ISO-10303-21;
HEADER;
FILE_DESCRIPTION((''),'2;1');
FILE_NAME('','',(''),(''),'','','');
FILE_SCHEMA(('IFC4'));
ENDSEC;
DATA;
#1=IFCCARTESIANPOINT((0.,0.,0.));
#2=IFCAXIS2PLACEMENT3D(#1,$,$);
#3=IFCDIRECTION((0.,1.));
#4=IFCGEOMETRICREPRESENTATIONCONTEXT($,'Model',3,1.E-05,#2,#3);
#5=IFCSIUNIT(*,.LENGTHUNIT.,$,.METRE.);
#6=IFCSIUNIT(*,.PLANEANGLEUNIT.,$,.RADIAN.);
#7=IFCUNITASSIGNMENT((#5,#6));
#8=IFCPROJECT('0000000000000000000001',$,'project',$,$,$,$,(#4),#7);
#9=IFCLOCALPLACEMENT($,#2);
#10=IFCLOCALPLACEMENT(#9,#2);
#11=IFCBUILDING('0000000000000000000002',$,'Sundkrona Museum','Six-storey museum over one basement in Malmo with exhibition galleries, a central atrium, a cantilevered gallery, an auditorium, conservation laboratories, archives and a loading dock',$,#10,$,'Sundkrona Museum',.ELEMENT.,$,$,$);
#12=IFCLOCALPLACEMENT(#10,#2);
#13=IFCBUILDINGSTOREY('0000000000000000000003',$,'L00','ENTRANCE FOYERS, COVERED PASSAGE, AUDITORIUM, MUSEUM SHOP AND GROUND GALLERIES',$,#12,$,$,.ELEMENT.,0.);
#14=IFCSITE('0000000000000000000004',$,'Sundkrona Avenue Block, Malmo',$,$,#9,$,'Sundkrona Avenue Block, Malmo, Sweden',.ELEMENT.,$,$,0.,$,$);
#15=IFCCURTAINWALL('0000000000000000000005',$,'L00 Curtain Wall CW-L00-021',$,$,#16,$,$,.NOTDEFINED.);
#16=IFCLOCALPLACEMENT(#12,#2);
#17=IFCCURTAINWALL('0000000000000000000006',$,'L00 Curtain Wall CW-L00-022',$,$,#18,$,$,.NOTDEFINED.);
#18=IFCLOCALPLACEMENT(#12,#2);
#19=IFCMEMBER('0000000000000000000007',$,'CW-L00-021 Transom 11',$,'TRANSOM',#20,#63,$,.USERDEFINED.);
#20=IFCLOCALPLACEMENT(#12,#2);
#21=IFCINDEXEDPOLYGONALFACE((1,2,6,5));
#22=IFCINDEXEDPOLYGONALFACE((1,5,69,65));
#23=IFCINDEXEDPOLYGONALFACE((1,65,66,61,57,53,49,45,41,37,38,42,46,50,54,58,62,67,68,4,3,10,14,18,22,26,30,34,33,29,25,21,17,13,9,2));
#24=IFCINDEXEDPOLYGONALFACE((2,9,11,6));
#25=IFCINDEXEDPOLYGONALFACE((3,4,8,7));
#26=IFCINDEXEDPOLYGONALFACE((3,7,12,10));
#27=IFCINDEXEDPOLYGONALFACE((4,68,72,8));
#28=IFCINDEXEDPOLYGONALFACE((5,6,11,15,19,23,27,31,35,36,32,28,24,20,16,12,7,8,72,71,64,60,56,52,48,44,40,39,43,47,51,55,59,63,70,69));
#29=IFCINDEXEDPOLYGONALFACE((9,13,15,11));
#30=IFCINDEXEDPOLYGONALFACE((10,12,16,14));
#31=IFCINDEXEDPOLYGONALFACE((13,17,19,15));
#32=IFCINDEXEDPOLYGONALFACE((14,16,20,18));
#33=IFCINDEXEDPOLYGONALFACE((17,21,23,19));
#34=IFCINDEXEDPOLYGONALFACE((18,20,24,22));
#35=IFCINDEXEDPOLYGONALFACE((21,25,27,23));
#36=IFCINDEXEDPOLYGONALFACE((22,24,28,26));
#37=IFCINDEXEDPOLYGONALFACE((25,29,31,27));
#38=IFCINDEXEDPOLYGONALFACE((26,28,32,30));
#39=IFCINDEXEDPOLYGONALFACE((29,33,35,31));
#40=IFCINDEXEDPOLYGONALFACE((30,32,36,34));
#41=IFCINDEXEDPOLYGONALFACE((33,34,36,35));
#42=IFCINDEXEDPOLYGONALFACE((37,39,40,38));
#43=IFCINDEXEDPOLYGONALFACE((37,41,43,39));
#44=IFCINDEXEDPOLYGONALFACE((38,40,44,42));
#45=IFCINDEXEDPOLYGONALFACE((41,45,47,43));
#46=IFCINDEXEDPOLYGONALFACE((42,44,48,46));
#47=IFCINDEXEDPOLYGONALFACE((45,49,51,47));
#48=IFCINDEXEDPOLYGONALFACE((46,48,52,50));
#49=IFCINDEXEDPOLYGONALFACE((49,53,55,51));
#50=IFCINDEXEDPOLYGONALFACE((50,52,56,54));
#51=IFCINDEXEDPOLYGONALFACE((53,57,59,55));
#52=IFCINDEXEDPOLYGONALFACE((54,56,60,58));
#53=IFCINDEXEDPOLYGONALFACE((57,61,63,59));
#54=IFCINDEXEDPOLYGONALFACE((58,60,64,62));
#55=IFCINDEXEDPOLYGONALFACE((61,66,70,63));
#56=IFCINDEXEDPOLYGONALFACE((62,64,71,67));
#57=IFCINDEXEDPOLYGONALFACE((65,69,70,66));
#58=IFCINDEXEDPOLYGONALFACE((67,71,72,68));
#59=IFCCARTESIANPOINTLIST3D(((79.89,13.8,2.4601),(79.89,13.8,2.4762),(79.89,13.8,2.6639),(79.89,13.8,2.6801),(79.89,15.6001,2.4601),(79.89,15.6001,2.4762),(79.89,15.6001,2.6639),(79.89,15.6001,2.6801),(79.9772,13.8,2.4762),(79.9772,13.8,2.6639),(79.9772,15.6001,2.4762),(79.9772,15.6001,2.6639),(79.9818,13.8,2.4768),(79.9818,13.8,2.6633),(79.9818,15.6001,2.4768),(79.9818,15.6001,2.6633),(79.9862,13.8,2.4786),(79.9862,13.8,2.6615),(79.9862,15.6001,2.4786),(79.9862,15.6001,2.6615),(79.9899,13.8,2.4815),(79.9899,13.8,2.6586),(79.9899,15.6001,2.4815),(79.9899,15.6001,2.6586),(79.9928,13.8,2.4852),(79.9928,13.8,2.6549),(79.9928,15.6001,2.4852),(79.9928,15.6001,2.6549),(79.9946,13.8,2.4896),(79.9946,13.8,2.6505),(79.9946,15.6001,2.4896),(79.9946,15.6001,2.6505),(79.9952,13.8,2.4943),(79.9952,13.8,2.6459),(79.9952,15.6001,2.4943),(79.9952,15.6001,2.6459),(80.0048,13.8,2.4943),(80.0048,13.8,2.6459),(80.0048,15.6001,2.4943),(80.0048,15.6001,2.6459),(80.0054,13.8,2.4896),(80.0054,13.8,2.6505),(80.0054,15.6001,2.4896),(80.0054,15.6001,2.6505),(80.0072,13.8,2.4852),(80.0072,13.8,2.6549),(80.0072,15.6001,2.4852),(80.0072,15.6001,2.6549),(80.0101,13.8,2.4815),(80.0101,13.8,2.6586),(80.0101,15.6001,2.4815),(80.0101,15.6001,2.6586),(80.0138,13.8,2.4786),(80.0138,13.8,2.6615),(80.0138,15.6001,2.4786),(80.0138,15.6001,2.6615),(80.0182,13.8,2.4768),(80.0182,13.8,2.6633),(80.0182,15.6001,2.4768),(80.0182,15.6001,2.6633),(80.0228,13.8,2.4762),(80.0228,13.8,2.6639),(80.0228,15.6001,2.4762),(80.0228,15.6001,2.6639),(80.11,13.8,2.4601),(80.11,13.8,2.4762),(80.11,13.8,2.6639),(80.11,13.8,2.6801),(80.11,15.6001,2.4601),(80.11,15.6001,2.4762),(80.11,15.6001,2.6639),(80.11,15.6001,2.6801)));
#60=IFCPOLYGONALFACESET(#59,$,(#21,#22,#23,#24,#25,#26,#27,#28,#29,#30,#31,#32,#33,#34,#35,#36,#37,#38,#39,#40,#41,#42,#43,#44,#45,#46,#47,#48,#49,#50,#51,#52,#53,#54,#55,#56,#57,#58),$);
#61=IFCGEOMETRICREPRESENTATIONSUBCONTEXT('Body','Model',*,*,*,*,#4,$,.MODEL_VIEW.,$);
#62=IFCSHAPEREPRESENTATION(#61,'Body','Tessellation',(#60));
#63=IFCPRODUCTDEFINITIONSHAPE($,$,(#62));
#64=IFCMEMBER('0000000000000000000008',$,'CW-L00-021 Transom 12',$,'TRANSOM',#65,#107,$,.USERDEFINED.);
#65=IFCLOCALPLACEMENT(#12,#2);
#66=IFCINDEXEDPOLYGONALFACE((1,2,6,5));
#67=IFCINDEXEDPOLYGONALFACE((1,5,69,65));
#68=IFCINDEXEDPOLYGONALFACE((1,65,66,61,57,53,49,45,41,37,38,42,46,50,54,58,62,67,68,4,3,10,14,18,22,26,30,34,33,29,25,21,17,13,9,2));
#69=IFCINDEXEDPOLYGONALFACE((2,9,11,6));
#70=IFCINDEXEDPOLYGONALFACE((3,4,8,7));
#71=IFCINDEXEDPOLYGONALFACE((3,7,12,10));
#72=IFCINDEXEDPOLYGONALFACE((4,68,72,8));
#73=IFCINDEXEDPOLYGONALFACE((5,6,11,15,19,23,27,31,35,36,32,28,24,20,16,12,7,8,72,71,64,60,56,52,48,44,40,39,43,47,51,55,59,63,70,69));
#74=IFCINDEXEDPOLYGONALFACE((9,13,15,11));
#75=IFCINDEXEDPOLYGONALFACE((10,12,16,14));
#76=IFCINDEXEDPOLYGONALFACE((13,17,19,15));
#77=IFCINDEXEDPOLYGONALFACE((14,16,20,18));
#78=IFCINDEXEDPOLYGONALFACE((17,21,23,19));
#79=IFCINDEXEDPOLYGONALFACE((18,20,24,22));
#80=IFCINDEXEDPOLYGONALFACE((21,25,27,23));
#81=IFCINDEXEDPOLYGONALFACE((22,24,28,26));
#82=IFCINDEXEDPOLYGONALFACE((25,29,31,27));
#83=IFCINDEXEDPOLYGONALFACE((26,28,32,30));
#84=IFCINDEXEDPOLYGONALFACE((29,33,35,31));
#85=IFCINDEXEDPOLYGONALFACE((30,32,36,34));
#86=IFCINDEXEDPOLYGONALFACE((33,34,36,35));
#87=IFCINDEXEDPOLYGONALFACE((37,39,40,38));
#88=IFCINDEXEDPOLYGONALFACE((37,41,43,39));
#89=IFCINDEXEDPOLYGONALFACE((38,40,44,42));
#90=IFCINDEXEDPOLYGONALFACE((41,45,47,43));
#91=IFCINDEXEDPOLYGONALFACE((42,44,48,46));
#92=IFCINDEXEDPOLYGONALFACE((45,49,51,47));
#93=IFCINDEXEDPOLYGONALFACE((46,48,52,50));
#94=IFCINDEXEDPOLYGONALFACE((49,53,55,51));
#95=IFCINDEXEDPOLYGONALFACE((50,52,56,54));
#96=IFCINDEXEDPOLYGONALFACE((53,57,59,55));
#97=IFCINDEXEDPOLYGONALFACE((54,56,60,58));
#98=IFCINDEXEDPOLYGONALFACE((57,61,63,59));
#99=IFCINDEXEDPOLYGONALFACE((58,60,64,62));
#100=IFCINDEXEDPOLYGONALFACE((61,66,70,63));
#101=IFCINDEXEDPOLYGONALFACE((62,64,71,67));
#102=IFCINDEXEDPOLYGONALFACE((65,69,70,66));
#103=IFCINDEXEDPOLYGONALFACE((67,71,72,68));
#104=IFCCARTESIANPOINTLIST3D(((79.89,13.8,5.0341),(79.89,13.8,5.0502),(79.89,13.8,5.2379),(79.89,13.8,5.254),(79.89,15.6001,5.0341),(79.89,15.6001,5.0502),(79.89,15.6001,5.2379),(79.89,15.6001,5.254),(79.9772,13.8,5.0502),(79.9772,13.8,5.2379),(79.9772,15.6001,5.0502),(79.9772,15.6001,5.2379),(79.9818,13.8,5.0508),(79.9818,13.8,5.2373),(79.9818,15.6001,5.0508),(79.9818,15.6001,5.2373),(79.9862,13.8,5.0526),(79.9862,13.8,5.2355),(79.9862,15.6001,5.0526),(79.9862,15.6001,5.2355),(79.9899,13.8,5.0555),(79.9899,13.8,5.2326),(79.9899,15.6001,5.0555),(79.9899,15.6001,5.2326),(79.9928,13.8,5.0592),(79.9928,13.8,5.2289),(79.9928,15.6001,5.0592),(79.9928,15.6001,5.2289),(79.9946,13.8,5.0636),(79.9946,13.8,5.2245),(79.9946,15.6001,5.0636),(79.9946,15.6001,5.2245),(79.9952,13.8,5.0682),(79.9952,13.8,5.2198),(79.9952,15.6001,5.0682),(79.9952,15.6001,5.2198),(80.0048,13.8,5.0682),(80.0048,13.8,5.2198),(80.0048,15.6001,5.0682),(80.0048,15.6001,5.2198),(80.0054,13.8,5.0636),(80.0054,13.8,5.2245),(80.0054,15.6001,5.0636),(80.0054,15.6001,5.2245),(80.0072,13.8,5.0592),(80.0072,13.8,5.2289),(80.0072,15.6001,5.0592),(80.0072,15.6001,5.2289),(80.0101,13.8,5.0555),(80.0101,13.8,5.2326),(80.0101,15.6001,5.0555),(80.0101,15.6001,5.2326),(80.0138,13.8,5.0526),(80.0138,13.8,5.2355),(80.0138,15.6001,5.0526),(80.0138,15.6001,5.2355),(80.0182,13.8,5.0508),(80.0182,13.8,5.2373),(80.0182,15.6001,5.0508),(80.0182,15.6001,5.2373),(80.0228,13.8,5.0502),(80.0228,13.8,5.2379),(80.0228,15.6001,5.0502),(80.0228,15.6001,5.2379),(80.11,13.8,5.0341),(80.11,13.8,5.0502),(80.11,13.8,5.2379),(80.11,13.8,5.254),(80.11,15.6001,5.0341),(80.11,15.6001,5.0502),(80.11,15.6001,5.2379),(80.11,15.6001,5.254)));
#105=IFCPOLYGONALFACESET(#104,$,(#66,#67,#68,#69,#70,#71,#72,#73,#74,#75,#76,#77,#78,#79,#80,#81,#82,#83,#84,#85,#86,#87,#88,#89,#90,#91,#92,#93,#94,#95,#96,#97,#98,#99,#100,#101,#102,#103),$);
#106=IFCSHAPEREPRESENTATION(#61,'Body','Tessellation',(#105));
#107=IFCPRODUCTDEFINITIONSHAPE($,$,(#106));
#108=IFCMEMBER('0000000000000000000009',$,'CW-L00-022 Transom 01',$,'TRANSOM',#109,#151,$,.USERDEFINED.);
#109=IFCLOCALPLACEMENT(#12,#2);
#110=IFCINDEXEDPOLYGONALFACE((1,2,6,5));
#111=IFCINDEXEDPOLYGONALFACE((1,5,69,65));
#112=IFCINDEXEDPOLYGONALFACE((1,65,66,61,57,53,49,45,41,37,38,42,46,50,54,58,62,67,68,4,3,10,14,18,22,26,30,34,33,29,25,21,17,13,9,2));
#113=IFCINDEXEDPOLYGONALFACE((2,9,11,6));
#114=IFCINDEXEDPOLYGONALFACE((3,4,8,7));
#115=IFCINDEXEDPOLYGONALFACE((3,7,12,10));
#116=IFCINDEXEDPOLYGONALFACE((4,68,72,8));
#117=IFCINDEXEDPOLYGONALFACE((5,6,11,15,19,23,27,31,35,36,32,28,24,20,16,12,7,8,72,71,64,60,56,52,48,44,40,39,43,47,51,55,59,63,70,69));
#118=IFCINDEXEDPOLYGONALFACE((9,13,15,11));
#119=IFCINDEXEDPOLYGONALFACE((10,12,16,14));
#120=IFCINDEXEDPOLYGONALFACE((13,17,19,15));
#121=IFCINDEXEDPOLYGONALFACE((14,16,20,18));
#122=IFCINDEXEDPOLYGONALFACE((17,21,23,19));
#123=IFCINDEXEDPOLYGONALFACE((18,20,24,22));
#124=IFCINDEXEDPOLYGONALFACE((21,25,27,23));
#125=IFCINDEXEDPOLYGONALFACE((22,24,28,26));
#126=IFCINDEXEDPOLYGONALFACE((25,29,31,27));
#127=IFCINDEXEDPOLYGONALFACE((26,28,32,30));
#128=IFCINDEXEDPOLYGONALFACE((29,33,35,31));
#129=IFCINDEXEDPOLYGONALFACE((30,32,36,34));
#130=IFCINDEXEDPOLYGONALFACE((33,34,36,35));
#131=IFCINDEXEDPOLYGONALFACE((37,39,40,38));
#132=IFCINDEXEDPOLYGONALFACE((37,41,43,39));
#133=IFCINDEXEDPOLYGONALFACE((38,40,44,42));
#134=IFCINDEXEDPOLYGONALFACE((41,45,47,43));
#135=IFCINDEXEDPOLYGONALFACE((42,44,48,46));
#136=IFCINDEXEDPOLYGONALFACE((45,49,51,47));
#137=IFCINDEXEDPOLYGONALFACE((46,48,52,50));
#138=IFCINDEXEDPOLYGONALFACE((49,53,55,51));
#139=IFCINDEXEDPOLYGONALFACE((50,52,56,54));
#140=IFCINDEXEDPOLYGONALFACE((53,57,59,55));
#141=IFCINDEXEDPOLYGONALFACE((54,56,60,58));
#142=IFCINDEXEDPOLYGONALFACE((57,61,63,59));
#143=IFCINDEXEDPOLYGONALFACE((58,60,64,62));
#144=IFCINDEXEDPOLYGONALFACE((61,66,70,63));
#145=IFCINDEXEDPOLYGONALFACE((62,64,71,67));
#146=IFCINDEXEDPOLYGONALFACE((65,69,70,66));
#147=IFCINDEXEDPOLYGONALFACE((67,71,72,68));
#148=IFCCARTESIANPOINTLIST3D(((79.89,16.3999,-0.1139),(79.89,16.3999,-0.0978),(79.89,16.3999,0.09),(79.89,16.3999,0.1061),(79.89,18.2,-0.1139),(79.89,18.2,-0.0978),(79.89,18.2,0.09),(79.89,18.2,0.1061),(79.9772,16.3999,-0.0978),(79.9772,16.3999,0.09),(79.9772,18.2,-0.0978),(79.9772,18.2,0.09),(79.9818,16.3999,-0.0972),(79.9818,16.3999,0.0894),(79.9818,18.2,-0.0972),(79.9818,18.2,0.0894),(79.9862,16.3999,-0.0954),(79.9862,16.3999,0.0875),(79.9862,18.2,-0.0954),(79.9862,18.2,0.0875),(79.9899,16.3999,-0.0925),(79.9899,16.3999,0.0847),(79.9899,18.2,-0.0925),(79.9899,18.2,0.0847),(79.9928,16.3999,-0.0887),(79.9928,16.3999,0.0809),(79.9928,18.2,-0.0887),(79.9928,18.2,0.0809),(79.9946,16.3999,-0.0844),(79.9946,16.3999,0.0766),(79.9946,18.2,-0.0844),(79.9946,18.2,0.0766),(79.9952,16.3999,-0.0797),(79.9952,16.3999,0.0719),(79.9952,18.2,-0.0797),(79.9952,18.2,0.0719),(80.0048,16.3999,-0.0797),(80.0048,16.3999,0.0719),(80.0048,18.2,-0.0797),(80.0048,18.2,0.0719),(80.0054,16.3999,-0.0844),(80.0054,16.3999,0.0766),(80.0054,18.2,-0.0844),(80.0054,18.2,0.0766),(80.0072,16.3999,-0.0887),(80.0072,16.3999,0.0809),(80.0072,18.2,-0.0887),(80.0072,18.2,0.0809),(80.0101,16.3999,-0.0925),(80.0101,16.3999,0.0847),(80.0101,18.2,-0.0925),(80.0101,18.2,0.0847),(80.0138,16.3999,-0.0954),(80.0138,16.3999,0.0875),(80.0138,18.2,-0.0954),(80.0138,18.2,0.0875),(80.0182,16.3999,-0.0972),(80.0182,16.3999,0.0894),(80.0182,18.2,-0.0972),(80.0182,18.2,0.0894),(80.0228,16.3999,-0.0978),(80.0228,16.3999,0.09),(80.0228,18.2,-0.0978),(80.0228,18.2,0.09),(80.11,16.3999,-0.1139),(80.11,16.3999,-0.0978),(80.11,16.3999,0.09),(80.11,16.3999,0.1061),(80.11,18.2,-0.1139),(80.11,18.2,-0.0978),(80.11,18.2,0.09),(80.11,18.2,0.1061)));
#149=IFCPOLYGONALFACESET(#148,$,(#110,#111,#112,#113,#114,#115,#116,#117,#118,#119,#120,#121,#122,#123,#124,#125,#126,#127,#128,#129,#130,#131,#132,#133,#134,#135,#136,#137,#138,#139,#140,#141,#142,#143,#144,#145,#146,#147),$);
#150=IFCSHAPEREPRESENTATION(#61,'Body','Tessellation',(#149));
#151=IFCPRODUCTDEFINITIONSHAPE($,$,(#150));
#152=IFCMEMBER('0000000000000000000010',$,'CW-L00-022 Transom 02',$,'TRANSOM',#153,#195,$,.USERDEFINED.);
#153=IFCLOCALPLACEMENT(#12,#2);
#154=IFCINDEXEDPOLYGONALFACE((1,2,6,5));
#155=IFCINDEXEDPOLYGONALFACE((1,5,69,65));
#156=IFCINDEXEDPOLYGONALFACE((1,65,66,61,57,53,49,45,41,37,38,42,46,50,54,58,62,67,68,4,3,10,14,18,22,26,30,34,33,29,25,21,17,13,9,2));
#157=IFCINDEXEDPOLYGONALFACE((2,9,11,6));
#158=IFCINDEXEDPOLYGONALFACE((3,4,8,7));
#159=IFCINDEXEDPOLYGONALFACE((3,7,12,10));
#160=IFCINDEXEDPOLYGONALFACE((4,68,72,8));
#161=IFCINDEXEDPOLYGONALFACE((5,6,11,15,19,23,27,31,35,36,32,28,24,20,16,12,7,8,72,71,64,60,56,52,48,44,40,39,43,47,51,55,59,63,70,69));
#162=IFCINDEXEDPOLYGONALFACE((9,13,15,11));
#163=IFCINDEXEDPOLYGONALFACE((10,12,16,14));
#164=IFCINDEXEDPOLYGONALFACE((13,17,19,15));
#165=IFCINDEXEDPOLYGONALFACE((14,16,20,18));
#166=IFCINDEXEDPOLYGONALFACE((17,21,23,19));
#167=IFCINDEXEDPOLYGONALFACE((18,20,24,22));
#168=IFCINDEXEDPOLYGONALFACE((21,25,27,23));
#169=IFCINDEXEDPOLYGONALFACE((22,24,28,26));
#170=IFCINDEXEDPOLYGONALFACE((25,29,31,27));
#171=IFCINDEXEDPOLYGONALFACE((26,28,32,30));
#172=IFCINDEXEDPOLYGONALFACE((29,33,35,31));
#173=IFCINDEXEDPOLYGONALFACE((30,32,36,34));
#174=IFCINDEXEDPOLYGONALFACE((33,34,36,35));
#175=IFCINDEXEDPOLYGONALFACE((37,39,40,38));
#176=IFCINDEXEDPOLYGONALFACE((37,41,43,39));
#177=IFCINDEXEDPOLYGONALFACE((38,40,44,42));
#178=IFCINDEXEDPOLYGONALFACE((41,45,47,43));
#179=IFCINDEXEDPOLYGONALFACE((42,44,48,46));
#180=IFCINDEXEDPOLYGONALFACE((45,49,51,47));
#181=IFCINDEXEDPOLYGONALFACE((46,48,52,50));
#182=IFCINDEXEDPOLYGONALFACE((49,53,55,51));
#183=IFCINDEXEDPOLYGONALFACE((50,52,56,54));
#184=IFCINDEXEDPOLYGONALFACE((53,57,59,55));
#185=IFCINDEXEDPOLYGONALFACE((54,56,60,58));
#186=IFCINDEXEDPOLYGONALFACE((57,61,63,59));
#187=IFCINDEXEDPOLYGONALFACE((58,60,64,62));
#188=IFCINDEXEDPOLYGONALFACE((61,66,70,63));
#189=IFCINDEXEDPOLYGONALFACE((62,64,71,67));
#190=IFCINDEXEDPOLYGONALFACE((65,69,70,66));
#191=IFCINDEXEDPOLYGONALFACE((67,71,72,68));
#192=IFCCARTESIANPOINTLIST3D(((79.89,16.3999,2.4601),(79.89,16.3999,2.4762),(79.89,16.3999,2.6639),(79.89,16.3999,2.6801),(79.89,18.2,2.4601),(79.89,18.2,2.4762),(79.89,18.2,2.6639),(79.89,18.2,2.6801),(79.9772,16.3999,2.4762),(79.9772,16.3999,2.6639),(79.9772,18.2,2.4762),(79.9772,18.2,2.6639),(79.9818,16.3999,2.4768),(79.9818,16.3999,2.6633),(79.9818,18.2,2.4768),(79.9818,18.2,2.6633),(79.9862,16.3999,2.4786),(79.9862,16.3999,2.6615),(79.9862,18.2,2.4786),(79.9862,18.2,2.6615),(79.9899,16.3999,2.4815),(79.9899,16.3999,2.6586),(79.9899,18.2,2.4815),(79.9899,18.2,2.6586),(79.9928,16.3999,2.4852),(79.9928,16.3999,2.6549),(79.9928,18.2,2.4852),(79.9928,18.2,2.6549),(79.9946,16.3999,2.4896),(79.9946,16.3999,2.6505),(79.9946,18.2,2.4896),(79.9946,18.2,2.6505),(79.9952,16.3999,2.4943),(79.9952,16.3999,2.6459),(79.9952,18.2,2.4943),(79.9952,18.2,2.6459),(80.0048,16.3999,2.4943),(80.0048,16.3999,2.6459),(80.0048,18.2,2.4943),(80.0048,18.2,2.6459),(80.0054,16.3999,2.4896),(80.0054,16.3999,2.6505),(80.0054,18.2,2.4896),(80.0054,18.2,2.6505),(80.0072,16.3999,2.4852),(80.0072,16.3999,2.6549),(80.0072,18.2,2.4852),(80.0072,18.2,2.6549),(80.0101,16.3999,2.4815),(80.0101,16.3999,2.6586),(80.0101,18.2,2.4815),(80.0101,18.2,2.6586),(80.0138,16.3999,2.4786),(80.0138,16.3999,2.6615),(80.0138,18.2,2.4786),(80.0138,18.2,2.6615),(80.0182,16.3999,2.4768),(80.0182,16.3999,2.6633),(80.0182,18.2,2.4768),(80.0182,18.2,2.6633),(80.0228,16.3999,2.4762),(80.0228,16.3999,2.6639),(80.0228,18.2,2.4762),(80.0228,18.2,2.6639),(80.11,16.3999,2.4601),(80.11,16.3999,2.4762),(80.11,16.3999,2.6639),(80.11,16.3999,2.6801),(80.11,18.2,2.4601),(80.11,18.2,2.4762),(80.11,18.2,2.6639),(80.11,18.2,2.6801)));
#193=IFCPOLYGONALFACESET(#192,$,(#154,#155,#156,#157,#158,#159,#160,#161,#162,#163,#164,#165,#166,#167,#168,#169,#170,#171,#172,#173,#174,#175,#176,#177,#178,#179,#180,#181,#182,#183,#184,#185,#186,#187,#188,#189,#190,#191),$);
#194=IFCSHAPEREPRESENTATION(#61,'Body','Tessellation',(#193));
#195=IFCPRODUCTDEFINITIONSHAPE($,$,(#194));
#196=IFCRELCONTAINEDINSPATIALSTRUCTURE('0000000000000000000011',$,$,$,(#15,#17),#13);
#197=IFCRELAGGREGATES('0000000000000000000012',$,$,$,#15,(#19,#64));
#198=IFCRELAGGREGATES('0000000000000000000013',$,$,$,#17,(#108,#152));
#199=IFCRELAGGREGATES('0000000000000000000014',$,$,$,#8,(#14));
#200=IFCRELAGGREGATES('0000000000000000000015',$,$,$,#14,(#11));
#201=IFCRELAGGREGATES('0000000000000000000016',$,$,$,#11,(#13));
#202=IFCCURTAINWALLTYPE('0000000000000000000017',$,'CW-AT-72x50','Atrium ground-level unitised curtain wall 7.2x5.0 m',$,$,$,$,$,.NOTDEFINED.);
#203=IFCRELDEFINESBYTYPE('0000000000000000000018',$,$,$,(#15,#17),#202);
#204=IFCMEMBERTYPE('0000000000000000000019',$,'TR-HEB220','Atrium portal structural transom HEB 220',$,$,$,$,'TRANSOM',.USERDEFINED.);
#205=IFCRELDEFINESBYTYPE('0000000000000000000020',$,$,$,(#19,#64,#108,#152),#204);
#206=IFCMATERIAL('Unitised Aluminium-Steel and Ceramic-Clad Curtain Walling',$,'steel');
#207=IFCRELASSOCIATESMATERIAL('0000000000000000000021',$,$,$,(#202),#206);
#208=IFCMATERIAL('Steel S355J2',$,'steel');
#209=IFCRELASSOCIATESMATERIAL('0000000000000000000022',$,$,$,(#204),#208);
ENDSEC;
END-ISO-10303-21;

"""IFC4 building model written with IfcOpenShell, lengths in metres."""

from ifc_helpers import new_model, si_unit, direction, frame, origin, origin_2d, place, context, subcontext, project, spatial, i_section, extrude, material, material_profile, profile_set, type_object, element, aggregate, save


model = new_model("IFC4")

# Units and contexts
model_context = context("Model", 3, precision=1e-05, world=origin(), true_north=direction((0.0, 1.0)))
body_context = subcontext(model_context, "Body", "Model", "MODEL_VIEW")
ifc_project = project(units=[si_unit("LENGTHUNIT", "METRE"), si_unit("PLANEANGLEUNIT", "RADIAN")], contexts=[model_context])

# Site, building, storey
site_placement = place(None, origin())
site = spatial("IfcSite", under=ifc_project, at=site_placement, Name="Sundkrona Avenue Block, Malmo", LongName="Sundkrona Avenue Block, Malmo, Sweden", CompositionType="ELEMENT", RefElevation=0.0)
building_placement = place(site_placement, origin())
building = spatial("IfcBuilding", under=site, at=building_placement, Name="Sundkrona Museum", Description="Six-storey museum over one basement in Malmo with exhibition galleries, a central atrium, a cantilevered gallery, an auditorium, conservation laboratories, archives and a loading dock", LongName="Sundkrona Museum", CompositionType="ELEMENT")
storey_placement = place(building_placement, origin())
storey = spatial("IfcBuildingStorey", under=building, at=storey_placement, Name="L00", Description="ENTRANCE FOYERS, COVERED PASSAGE, AUDITORIUM, MUSEUM SHOP AND GROUND GALLERIES", CompositionType="ELEMENT", Elevation=0.0)

# Shared definitions
ifc_material_1 = material(Name="Steel S355J2", Category="steel")

# Curtain walls
ifc_material_2 = material(Name="Unitised Aluminium-Steel and Ceramic-Clad Curtain Walling", Category="steel")
curtain_wall_type = type_object("IfcCurtainWallType", Name="CW-AT-72x50", Description="Atrium ground-level unitised curtain wall 7.2x5.0 m", PredefinedType="NOTDEFINED", material=ifc_material_2)
curtain_wall_1_placement = place(storey_placement, origin())
curtain_wall_1 = element("IfcCurtainWall", 1, at=curtain_wall_1_placement, inside=storey, type_object=curtain_wall_type, Name="L00 Curtain Wall CW-L00-021", PredefinedType="NOTDEFINED")
curtain_wall_2_placement = place(storey_placement, origin())
curtain_wall_2 = element("IfcCurtainWall", 2, at=curtain_wall_2_placement, inside=storey, type_object=curtain_wall_type, Name="L00 Curtain Wall CW-L00-022", PredefinedType="NOTDEFINED")

# Members
ifc_material_profile_1 = material_profile(ifc_material_1, i_section(OverallWidth=0.22, OverallDepth=0.22, WebThickness=0.0095, FlangeThickness=0.0161, FilletRadius=0.0181, at=origin_2d()), Name="HEB 220")
ifc_profile_set_1 = profile_set([ifc_material_profile_1], Name="Steel S355J2")
member_type_1 = type_object("IfcMemberType", Name="TR-HEB220", Description="Atrium portal structural transom HEB 220", ElementType="TRANSOM", PredefinedType="USERDEFINED", material=ifc_profile_set_1)
member_1_placement = place(storey_placement, frame((80.0, 13.8, 2.5701), z_axis=(0.0, 1.0, 0.0), x_axis=(-1.0, 0.0, 0.0)))
member_1 = element("IfcMember", 3, at=member_1_placement, type_object=member_type_1, Name="CW-L00-021 Transom 11", ObjectType="TRANSOM", PredefinedType="USERDEFINED", context=body_context, shape_type="SweptSolid", body=[
    extrude(i_section(OverallWidth=0.22, OverallDepth=0.22, WebThickness=0.0095, FlangeThickness=0.0161, FilletRadius=0.0181, at=origin_2d()), origin(), (0.0, 0.0, 1.0), 1.8),
])
member_2_placement = place(storey_placement, frame((80.0, 13.8, 5.144), z_axis=(0.0, 1.0, 0.0), x_axis=(-1.0, 0.0, 0.0)))
member_2 = element("IfcMember", 4, at=member_2_placement, type_object=member_type_1, Name="CW-L00-021 Transom 12", ObjectType="TRANSOM", PredefinedType="USERDEFINED", context=body_context, shape_type="SweptSolid", body=[
    extrude(i_section(OverallWidth=0.22, OverallDepth=0.22, WebThickness=0.0095, FlangeThickness=0.0161, FilletRadius=0.0181, at=origin_2d()), origin(), (0.0, 0.0, 1.0), 1.8),
])
member_3_placement = place(storey_placement, frame((80.0, 16.3999, -0.0039), z_axis=(0.0, 1.0, 0.0), x_axis=(-1.0, 0.0, 0.0)))
member_3 = element("IfcMember", 5, at=member_3_placement, type_object=member_type_1, Name="CW-L00-022 Transom 01", ObjectType="TRANSOM", PredefinedType="USERDEFINED", context=body_context, shape_type="SweptSolid", body=[
    extrude(i_section(OverallWidth=0.22, OverallDepth=0.22, WebThickness=0.0095, FlangeThickness=0.0161, FilletRadius=0.0181, at=origin_2d()), origin(), (0.0, 0.0, 1.0), 1.8),
])
member_4_placement = place(storey_placement, frame((80.0, 16.3999, 2.5701), z_axis=(0.0, 1.0, 0.0), x_axis=(-1.0, 0.0, 0.0)))
member_4 = element("IfcMember", 6, at=member_4_placement, type_object=member_type_1, Name="CW-L00-022 Transom 02", ObjectType="TRANSOM", PredefinedType="USERDEFINED", context=body_context, shape_type="SweptSolid", body=[
    extrude(i_section(OverallWidth=0.22, OverallDepth=0.22, WebThickness=0.0095, FlangeThickness=0.0161, FilletRadius=0.0181, at=origin_2d()), origin(), (0.0, 0.0, 1.0), 1.8),
])

aggregate(curtain_wall_1, [member_1, member_2])
aggregate(curtain_wall_2, [member_3, member_4])

save(model, "model.ifc")
